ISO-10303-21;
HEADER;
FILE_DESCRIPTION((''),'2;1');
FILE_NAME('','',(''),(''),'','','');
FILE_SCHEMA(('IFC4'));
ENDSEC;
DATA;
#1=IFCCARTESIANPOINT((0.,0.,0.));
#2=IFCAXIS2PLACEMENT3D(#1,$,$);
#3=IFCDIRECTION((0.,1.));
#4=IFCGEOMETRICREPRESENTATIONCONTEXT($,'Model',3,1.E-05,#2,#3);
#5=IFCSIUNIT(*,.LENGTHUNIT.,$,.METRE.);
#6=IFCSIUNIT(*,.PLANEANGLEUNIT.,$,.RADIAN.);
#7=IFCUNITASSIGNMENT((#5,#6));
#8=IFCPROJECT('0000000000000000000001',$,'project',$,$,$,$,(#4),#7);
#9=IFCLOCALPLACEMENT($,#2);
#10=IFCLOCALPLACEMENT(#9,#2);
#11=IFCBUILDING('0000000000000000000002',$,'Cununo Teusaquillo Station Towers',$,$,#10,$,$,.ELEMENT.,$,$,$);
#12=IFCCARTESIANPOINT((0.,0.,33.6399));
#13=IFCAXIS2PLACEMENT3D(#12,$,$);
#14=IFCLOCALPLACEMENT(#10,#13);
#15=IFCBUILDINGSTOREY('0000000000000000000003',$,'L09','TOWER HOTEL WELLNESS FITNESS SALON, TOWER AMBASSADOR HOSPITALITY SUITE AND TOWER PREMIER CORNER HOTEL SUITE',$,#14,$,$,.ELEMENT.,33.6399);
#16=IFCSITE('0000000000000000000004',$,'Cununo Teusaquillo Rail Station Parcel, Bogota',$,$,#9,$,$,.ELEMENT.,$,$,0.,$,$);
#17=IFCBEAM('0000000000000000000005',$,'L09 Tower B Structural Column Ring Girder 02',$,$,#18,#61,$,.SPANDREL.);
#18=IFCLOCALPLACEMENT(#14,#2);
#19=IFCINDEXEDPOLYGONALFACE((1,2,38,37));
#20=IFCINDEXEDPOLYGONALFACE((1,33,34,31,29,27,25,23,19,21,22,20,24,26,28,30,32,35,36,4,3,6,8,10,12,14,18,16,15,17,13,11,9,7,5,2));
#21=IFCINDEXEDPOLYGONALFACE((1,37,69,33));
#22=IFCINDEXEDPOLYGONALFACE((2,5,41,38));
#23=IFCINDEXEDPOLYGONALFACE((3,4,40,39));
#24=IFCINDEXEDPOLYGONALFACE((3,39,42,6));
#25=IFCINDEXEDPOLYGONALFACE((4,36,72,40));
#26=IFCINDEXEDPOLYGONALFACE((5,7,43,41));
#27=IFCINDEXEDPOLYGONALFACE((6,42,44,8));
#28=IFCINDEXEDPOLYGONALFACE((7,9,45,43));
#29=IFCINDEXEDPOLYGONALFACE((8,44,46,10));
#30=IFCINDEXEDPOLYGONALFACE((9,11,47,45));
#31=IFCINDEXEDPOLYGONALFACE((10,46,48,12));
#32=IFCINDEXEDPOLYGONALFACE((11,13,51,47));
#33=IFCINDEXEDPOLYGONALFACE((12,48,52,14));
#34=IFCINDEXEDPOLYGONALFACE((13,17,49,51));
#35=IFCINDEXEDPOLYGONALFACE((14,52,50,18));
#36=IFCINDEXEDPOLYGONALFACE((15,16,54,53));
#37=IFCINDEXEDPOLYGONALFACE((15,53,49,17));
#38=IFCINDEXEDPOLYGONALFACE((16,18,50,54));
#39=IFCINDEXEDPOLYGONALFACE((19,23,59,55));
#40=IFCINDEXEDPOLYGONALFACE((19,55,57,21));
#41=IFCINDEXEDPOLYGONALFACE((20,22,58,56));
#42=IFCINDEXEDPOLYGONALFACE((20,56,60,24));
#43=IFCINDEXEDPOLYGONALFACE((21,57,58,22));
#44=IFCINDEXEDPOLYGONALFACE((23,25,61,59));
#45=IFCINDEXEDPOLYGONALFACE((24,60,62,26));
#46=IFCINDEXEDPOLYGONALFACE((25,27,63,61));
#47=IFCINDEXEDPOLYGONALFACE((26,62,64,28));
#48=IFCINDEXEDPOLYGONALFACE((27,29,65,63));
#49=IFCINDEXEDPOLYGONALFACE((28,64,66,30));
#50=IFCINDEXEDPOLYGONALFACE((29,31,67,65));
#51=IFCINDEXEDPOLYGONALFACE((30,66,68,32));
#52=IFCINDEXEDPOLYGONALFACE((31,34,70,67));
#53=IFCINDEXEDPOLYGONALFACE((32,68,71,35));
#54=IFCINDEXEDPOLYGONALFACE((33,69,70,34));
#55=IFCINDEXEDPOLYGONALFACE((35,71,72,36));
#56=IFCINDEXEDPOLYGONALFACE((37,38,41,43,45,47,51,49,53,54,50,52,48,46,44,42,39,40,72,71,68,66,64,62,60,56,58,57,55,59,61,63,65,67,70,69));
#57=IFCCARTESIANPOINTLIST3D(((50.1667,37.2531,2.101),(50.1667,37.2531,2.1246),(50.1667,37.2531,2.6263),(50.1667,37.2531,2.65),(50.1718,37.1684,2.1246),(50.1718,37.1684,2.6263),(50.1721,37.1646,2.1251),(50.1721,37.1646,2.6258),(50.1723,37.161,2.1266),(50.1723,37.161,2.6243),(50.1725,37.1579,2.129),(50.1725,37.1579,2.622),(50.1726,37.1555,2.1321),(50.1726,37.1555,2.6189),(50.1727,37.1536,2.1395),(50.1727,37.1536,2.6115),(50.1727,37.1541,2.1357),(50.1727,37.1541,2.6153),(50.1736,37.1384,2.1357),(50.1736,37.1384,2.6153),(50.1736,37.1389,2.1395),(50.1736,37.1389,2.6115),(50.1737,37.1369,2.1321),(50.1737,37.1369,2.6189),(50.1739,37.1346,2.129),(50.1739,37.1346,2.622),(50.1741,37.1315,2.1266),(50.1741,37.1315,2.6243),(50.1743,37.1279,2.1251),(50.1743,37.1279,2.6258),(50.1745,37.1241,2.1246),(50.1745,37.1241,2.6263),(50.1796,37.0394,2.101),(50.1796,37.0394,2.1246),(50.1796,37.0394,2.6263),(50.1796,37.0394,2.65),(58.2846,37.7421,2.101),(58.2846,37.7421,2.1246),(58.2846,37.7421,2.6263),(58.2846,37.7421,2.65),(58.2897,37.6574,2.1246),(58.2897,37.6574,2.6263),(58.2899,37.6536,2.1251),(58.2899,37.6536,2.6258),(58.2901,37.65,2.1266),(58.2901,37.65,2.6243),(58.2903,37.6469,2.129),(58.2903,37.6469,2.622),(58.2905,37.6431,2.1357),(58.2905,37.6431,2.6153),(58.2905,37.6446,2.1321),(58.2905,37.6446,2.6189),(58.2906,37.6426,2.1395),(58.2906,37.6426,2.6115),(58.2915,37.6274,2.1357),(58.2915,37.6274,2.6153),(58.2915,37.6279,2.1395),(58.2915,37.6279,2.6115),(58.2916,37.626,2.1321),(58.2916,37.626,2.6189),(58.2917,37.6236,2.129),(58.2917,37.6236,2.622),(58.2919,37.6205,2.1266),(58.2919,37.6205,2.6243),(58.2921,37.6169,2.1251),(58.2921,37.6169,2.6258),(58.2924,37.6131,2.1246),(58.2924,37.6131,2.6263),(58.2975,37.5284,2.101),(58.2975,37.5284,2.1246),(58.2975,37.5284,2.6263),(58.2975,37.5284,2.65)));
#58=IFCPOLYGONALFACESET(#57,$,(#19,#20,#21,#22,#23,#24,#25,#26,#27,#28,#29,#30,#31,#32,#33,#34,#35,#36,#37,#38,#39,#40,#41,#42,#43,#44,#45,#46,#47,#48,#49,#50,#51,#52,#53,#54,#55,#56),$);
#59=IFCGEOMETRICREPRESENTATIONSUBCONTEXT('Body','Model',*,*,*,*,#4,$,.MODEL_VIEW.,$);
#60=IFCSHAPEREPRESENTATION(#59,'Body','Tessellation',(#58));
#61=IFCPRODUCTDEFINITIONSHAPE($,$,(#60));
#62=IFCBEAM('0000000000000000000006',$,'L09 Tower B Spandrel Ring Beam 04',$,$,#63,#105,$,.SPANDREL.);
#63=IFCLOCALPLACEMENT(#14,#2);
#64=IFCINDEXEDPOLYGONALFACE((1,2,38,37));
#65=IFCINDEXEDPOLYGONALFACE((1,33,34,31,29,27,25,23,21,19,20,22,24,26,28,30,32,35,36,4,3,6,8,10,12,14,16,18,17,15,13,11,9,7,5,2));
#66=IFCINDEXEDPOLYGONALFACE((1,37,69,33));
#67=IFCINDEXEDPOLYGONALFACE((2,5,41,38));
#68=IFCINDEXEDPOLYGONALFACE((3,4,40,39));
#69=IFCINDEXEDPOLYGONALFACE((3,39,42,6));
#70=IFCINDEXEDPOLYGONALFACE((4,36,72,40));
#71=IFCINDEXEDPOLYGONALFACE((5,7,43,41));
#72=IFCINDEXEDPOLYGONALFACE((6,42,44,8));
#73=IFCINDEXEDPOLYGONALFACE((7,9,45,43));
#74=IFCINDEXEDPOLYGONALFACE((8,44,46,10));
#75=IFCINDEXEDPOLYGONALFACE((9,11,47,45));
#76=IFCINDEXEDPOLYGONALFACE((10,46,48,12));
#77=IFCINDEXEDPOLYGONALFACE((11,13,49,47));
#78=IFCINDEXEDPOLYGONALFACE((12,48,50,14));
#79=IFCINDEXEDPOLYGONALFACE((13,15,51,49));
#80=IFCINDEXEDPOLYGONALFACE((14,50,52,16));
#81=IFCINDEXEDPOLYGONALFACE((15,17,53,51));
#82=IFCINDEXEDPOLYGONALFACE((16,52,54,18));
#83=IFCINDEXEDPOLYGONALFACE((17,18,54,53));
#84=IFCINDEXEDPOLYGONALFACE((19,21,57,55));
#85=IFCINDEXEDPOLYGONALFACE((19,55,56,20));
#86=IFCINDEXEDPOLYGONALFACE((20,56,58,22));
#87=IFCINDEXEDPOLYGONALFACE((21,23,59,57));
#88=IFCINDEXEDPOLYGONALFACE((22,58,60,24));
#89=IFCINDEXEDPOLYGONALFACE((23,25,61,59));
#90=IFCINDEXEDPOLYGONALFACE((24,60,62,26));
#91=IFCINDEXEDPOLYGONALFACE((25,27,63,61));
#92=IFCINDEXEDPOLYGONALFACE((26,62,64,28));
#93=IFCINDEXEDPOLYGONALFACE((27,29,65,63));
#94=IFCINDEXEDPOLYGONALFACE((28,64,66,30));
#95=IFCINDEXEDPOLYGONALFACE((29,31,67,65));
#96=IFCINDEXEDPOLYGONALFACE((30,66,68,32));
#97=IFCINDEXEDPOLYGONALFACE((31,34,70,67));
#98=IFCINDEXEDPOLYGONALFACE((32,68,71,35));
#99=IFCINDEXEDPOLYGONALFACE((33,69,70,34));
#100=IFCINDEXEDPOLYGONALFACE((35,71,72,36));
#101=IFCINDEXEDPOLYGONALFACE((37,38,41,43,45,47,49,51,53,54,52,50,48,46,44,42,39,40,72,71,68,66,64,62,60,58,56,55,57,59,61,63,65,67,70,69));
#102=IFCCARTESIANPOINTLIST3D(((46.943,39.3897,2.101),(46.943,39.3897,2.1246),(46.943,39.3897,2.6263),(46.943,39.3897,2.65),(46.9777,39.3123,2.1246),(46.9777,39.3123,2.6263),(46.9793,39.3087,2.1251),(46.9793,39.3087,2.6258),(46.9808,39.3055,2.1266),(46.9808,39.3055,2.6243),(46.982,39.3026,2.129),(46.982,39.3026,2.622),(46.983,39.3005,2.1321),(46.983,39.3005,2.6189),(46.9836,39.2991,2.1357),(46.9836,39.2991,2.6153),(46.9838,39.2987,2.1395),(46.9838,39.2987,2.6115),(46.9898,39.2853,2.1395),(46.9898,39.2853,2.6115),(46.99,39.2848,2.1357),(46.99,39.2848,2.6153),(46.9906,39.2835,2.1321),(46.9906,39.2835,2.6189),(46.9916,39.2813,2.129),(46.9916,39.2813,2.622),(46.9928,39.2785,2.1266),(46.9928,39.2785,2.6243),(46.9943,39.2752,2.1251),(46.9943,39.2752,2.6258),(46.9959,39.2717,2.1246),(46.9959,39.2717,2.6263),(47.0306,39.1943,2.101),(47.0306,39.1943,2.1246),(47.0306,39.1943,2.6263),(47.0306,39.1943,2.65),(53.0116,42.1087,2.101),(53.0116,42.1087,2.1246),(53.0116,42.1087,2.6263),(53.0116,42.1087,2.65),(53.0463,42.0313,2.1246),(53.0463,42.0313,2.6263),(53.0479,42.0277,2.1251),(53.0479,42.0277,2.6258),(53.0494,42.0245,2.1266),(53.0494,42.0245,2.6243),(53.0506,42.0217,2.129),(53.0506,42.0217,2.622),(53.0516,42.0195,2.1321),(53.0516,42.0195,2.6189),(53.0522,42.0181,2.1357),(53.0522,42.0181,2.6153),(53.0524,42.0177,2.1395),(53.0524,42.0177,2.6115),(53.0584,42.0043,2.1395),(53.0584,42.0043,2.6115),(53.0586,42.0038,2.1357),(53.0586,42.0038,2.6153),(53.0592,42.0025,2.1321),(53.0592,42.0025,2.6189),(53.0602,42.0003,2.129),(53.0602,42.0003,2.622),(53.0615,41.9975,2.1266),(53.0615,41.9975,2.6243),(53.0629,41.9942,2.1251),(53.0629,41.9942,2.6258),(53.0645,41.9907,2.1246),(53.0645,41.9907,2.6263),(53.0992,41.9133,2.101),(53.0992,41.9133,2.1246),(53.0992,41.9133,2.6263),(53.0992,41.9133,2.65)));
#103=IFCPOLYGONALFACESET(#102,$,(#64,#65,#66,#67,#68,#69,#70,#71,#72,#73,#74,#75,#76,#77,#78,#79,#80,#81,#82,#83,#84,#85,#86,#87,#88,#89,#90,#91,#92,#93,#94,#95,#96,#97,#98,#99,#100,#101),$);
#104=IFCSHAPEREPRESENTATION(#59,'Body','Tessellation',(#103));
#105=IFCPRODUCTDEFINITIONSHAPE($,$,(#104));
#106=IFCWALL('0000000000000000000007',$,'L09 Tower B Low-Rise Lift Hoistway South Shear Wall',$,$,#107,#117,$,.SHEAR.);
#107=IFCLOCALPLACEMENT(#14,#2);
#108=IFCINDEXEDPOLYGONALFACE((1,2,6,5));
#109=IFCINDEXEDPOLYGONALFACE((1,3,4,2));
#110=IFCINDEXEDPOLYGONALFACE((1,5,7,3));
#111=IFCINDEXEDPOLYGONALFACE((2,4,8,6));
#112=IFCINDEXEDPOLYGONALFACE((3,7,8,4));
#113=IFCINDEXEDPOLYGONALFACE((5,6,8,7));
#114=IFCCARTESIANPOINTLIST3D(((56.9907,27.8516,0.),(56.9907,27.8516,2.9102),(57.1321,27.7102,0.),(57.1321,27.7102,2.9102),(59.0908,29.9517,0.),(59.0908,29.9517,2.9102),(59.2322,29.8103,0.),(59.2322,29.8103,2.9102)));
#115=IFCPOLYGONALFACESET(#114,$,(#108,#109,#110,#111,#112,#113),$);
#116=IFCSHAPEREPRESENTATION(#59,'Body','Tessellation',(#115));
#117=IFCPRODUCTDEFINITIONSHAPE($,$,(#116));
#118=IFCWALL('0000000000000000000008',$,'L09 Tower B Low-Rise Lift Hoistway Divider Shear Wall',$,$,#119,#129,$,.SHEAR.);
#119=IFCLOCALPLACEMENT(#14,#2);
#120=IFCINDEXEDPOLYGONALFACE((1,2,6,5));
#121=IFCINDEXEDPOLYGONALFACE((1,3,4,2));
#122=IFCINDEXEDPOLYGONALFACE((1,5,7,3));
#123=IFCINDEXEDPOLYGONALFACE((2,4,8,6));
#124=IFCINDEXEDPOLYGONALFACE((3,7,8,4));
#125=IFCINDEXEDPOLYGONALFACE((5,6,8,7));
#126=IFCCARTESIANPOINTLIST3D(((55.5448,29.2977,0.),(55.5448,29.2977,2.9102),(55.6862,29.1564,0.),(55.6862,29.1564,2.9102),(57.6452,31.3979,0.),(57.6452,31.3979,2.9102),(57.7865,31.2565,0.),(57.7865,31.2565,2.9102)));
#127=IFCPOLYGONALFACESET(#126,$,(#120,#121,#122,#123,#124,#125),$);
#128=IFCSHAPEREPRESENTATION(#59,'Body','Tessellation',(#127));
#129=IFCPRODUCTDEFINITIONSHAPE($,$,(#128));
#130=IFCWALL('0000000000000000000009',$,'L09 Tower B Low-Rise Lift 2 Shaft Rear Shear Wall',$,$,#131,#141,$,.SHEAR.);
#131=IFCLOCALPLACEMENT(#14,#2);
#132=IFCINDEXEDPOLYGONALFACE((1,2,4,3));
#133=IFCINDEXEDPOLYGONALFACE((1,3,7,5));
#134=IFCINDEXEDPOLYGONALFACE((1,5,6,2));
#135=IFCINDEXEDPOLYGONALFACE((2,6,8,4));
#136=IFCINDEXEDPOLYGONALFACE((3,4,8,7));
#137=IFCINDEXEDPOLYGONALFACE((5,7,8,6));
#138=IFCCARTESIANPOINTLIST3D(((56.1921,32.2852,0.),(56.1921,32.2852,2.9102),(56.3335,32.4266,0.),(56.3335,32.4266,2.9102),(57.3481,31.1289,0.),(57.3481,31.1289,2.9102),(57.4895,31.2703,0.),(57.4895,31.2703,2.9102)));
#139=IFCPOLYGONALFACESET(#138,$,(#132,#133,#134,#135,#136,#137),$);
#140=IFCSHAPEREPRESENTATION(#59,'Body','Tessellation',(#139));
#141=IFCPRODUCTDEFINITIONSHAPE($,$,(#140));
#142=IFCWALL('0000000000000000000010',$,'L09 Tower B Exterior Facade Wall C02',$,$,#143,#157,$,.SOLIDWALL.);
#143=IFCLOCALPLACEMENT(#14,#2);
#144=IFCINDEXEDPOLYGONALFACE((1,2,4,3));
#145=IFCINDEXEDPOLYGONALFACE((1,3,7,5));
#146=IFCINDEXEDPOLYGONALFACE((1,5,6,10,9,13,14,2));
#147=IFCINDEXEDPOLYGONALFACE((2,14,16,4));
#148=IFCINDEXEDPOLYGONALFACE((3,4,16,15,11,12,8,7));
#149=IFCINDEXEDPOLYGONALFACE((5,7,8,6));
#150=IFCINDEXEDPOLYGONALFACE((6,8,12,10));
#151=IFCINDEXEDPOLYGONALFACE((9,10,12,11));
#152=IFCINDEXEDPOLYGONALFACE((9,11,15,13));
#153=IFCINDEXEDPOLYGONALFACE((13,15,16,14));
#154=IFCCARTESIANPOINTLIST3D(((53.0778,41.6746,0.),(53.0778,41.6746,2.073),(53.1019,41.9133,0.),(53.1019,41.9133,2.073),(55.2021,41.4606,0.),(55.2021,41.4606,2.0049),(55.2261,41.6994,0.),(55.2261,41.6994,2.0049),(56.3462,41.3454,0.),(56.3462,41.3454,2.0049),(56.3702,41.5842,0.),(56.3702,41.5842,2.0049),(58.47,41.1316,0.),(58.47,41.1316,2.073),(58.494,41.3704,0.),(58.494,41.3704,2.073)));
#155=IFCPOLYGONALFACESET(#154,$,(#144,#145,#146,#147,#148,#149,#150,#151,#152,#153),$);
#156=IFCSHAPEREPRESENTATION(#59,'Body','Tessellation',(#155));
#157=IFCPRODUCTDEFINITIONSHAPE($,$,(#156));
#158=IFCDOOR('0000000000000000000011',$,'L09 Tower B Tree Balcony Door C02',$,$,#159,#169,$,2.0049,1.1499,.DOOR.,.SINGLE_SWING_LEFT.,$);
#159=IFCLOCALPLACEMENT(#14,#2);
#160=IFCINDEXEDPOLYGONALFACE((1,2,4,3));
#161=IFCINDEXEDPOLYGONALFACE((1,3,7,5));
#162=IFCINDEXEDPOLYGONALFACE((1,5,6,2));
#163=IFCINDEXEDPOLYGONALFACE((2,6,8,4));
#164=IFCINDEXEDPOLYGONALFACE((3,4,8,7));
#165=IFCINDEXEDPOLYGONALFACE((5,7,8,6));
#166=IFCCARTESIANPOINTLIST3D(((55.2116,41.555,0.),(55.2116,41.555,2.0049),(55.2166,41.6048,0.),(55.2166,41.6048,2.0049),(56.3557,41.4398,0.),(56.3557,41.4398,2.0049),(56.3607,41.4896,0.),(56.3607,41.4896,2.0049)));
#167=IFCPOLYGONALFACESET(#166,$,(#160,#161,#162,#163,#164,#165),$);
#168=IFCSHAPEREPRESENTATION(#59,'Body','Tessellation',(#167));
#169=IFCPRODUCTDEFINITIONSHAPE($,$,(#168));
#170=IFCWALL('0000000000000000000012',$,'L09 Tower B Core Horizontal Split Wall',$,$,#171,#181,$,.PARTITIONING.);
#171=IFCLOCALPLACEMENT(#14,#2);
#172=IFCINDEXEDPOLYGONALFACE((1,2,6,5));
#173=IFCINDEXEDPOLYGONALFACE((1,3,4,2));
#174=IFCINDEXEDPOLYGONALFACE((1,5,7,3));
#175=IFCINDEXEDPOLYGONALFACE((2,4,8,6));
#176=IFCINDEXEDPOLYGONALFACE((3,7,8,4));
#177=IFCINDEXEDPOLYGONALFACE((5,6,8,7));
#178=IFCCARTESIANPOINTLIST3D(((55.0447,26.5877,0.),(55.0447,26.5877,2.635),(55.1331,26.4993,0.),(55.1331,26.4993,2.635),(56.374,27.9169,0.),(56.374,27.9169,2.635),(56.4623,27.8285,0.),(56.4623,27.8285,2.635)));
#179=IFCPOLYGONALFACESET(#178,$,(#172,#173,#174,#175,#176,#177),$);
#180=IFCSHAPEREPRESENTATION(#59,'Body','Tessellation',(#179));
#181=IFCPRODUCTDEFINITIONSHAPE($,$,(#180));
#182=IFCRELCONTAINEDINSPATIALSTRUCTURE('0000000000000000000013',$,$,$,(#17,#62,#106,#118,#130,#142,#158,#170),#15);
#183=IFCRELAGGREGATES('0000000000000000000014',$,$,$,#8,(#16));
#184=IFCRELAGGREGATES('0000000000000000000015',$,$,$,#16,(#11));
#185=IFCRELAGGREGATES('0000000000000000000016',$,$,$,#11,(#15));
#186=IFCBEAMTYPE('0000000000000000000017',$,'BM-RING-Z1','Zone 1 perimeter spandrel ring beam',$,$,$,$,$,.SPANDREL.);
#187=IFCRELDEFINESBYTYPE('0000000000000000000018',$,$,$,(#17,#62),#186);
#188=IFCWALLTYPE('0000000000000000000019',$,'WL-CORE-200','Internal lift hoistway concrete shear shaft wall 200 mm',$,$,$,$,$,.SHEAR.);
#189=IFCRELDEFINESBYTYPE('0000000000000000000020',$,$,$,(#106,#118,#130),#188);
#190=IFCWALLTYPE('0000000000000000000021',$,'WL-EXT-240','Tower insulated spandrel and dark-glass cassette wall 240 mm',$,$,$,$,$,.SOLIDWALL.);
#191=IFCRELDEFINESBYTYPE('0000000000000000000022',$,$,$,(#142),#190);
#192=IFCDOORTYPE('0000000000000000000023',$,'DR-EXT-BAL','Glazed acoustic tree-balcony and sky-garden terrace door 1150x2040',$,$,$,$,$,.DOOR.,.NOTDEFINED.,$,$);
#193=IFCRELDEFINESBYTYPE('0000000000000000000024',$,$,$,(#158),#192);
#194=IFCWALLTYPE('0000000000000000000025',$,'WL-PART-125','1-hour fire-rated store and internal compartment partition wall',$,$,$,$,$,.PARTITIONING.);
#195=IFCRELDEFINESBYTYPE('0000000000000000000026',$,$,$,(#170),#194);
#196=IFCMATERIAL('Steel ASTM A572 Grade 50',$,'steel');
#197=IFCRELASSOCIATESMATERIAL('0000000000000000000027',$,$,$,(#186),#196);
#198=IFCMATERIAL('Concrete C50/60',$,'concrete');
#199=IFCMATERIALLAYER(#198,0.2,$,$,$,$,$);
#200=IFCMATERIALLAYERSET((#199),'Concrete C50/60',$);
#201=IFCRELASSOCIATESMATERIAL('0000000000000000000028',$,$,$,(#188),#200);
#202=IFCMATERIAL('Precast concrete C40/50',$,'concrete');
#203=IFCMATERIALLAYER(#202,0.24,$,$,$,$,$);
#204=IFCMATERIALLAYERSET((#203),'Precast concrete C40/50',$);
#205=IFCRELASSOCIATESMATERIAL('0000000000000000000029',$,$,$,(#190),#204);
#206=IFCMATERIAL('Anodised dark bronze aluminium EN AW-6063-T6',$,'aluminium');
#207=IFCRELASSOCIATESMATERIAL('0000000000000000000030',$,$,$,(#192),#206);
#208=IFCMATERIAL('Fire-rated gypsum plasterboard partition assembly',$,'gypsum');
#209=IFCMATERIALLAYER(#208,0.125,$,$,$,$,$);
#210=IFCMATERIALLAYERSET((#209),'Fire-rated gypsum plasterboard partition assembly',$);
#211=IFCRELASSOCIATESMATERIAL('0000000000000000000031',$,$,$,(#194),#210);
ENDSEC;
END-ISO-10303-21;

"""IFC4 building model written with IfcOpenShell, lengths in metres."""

from ifc_helpers import new_model, si_unit, direction, frame, frame_2d, origin, origin_2d, place, context, subcontext, project, spatial, rectangle, i_section, extrude, source, transform, mapped, material, layer, layer_set, material_profile, profile_set, type_object, element, fill, save


model = new_model("IFC4")

# Units and contexts
model_context = context("Model", 3, precision=1e-05, world=origin(), true_north=direction((0.0, 1.0)))
body_context = subcontext(model_context, "Body", "Model", "MODEL_VIEW")
ifc_project = project(units=[si_unit("LENGTHUNIT", "METRE"), si_unit("PLANEANGLEUNIT", "RADIAN")], contexts=[model_context])

# Site, building, storey
site_placement = place(None, origin())
site = spatial("IfcSite", under=ifc_project, at=site_placement, Name="Cununo Teusaquillo Rail Station Parcel, Bogota", CompositionType="ELEMENT", RefElevation=0.0)
building_placement = place(site_placement, origin())
building = spatial("IfcBuilding", under=site, at=building_placement, Name="Cununo Teusaquillo Station Towers", CompositionType="ELEMENT")
storey_placement = place(building_placement, frame((0.0, 0.0, 33.6399)))
storey = spatial("IfcBuildingStorey", under=building, at=storey_placement, Name="L09", Description="TOWER HOTEL WELLNESS FITNESS SALON, TOWER AMBASSADOR HOSPITALITY SUITE AND TOWER PREMIER CORNER HOTEL SUITE", CompositionType="ELEMENT", Elevation=33.6399)

# Beams
ifc_material_1 = material(Name="Steel ASTM A572 Grade 50", Category="steel")
ifc_material_profile_1 = material_profile(ifc_material_1, i_section(OverallWidth=0.2141, OverallDepth=0.5491, WebThickness=0.0146, FlangeThickness=0.0237, FilletRadius=0.0149, at=origin_2d()), Name="W21X93")
ifc_profile_set_1 = profile_set([ifc_material_profile_1], Name="Steel ASTM A572 Grade 50")
beam_type_1 = type_object("IfcBeamType", Name="BM-RING-Z1", Description="Zone 1 perimeter spandrel ring beam", PredefinedType="SPANDREL", material=ifc_profile_set_1)
beam_1_placement = place(storey_placement, frame((58.291, 37.6353, 2.3755), z_axis=(-0.998191, -0.06013, 0.0), x_axis=(0.06013, -0.998191, 0.0)))
element("IfcBeam", 1, at=beam_1_placement, inside=storey, type_object=beam_type_1, Name="L09 Tower B Structural Column Ring Girder 02", PredefinedType="SPANDREL", context=body_context, shape_type="SweptSolid", body=[
    extrude(i_section(OverallWidth=0.2141, OverallDepth=0.5491, WebThickness=0.0146, FlangeThickness=0.0237, FilletRadius=0.0149, at=origin_2d()), origin(), (0.0, 0.0, 1.0), 8.1326),
])
beam_2_placement = place(storey_placement, frame((53.0554, 42.011, 2.3755), z_axis=(-0.912589, -0.408879, 0.0), x_axis=(0.408879, -0.912589, 0.0)))
element("IfcBeam", 2, at=beam_2_placement, inside=storey, type_object=beam_type_1, Name="L09 Tower B Spandrel Ring Beam 04", PredefinedType="SPANDREL", context=body_context, shape_type="SweptSolid", body=[
    extrude(i_section(OverallWidth=0.2141, OverallDepth=0.5491, WebThickness=0.0146, FlangeThickness=0.0237, FilletRadius=0.0149, at=origin_2d()), origin(), (0.0, 0.0, 1.0), 6.6499),
])

# Walls
ifc_material_2 = material(Name="Concrete C50/60", Category="concrete")
ifc_layer_1 = layer(ifc_material_2, 0.2)
ifc_layer_set_1 = layer_set([ifc_layer_1], Name="Concrete C50/60")
wall_type_1 = type_object("IfcWallType", Name="WL-CORE-200", Description="Internal lift hoistway concrete shear shaft wall 200 mm", PredefinedType="SHEAR", material=ifc_layer_set_1)
wall_1_placement = place(storey_placement, frame((57.0615, 27.781, 0.0), z_axis=(0.0, 0.0, 1.0), x_axis=(0.707107, 0.707107, 0.0)))
element("IfcWall", 3, at=wall_1_placement, inside=storey, type_object=wall_type_1, Name="L09 Tower B Low-Rise Lift Hoistway South Shear Wall", PredefinedType="SHEAR", context=body_context, shape_type="SweptSolid", body=[
    extrude(rectangle(XDim=2.97, YDim=0.2, at=frame_2d((1.4849, 0.0))), origin(), (0.0, 0.0, 1.0), 2.9102),
])
wall_2_placement = place(storey_placement, frame((55.6155, 29.2271, 0.0), z_axis=(0.0, 0.0, 1.0), x_axis=(0.707148, 0.707066, 0.0)))
element("IfcWall", 4, at=wall_2_placement, inside=storey, type_object=wall_type_1, Name="L09 Tower B Low-Rise Lift Hoistway Divider Shear Wall", PredefinedType="SHEAR", context=body_context, shape_type="SweptSolid", body=[
    extrude(rectangle(XDim=2.9702, YDim=0.2, at=frame_2d((1.4851, 0.0))), origin(), (0.0, 0.0, 1.0), 2.9102),
])
wall_3_placement = place(storey_placement, frame((57.4187, 31.1997, 0.0), z_axis=(0.0, 0.0, 1.0), x_axis=(-0.707032, 0.707181, 0.0)))
element("IfcWall", 5, at=wall_3_placement, inside=storey, type_object=wall_type_1, Name="L09 Tower B Low-Rise Lift 2 Shaft Rear Shear Wall", PredefinedType="SHEAR", context=body_context, shape_type="SweptSolid", body=[
    extrude(rectangle(XDim=1.635, YDim=0.2, at=frame_2d((0.8174, 0.0))), origin(), (0.0, 0.0, 1.0), 2.9102),
])

# Wall, opening, door
ifc_material_3 = material(Name="Precast concrete C40/50", Category="concrete")
ifc_layer_2 = layer(ifc_material_3, 0.24)
ifc_layer_set_2 = layer_set([ifc_layer_2], Name="Precast concrete C40/50")
wall_type_2 = type_object("IfcWallType", Name="WL-EXT-240", Description="Tower insulated spandrel and dark-glass cassette wall 240 mm", PredefinedType="SOLIDWALL", material=ifc_layer_set_2)
wall_4_placement = place(storey_placement, frame((53.0898, 41.7939, 0.0), z_axis=(0.0, 0.0, 1.0), x_axis=(0.994968, -0.100191, 0.0)))
wall_4 = element("IfcWall", 6, at=wall_4_placement, inside=storey, type_object=wall_type_2, Name="L09 Tower B Exterior Facade Wall C02", PredefinedType="SOLIDWALL", context=body_context, shape_type="SweptSolid", body=[
    extrude(rectangle(XDim=5.4194, YDim=0.24, at=frame_2d((2.7097, 0.0))), origin(), (0.0, 0.0, 1.0), 2.073),
])
shared_shape_1 = source(origin(), body_context, "Body", "SweptSolid", [
    extrude(rectangle(XDim=1.1499, YDim=2.0049, at=frame_2d((0.575, 1.0024))), frame((0.0, 0.1299, 0.0), z_axis=(0.0, -1.0, 0.0), x_axis=(1.0, 0.0, 0.0)), (0.0, 0.0, 1.0), 0.26),
])
opening_1_placement = place(wall_4_placement, frame((2.135, 0.0, 0.0)))
opening_1 = element("IfcOpeningElement", 7, at=opening_1_placement, cuts=wall_4, PredefinedType="OPENING", context=body_context, shape_type="MappedRepresentation", body=[
    mapped(shared_shape_1, transform((0.0, 0.0, 0.0), x_axis=(1.0, 0.0, 0.0), y_axis=(0.0, 1.0, 0.0), z_axis=(0.0, 0.0, 1.0), scale=1.0)),
])
ifc_material_4 = material(Name="Anodised dark bronze aluminium EN AW-6063-T6", Category="aluminium")
door_type_1 = type_object("IfcDoorType", Name="DR-EXT-BAL", Description="Glazed acoustic tree-balcony and sky-garden terrace door 1150x2040", OperationType="NOTDEFINED", PredefinedType="DOOR", material=ifc_material_4)
shared_shape_2 = source(origin(), body_context, "Body", "SweptSolid", [
    extrude(rectangle(XDim=1.1499, YDim=2.0049, at=frame_2d((0.575, 1.0024))), frame((0.0, 0.0249, 0.0), z_axis=(0.0, -1.0, 0.0), x_axis=(1.0, 0.0, 0.0)), (0.0, 0.0, 1.0), 0.05),
])
door_1_placement = place(opening_1_placement, origin())
door_1 = element("IfcDoor", 8, at=door_1_placement, inside=storey, type_object=door_type_1, Name="L09 Tower B Tree Balcony Door C02", OperationType="SINGLE_SWING_LEFT", OverallHeight=2.0049, OverallWidth=1.1499, PredefinedType="DOOR", context=body_context, shape_type="MappedRepresentation", body=[
    mapped(shared_shape_2, transform((0.0, 0.0, 0.0), x_axis=(1.0, 0.0, 0.0), y_axis=(0.0, 1.0, 0.0), z_axis=(0.0, 0.0, 1.0), scale=1.0)),
])
fill(opening_1, door_1)

# Wall
ifc_material_5 = material(Name="Fire-rated gypsum plasterboard partition assembly", Category="gypsum")
ifc_layer_3 = layer(ifc_material_5, 0.125)
ifc_layer_set_3 = layer_set([ifc_layer_3], Name="Fire-rated gypsum plasterboard partition assembly")
wall_type_3 = type_object("IfcWallType", Name="WL-PART-125", Description="1-hour fire-rated store and internal compartment partition wall", PredefinedType="PARTITIONING", material=ifc_layer_set_3)
wall_5_placement = place(storey_placement, frame((55.0889, 26.5435, 0.0), z_axis=(0.0, 0.0, 1.0), x_axis=(0.707107, 0.707107, 0.0)))
element("IfcWall", 9, at=wall_5_placement, inside=storey, type_object=wall_type_3, Name="L09 Tower B Core Horizontal Split Wall", PredefinedType="PARTITIONING", context=body_context, shape_type="SweptSolid", body=[
    extrude(rectangle(XDim=1.8799, YDim=0.125, at=frame_2d((0.9399, 0.0))), origin(), (0.0, 0.0, 1.0), 2.635),
])

save(model, "model.ifc")
